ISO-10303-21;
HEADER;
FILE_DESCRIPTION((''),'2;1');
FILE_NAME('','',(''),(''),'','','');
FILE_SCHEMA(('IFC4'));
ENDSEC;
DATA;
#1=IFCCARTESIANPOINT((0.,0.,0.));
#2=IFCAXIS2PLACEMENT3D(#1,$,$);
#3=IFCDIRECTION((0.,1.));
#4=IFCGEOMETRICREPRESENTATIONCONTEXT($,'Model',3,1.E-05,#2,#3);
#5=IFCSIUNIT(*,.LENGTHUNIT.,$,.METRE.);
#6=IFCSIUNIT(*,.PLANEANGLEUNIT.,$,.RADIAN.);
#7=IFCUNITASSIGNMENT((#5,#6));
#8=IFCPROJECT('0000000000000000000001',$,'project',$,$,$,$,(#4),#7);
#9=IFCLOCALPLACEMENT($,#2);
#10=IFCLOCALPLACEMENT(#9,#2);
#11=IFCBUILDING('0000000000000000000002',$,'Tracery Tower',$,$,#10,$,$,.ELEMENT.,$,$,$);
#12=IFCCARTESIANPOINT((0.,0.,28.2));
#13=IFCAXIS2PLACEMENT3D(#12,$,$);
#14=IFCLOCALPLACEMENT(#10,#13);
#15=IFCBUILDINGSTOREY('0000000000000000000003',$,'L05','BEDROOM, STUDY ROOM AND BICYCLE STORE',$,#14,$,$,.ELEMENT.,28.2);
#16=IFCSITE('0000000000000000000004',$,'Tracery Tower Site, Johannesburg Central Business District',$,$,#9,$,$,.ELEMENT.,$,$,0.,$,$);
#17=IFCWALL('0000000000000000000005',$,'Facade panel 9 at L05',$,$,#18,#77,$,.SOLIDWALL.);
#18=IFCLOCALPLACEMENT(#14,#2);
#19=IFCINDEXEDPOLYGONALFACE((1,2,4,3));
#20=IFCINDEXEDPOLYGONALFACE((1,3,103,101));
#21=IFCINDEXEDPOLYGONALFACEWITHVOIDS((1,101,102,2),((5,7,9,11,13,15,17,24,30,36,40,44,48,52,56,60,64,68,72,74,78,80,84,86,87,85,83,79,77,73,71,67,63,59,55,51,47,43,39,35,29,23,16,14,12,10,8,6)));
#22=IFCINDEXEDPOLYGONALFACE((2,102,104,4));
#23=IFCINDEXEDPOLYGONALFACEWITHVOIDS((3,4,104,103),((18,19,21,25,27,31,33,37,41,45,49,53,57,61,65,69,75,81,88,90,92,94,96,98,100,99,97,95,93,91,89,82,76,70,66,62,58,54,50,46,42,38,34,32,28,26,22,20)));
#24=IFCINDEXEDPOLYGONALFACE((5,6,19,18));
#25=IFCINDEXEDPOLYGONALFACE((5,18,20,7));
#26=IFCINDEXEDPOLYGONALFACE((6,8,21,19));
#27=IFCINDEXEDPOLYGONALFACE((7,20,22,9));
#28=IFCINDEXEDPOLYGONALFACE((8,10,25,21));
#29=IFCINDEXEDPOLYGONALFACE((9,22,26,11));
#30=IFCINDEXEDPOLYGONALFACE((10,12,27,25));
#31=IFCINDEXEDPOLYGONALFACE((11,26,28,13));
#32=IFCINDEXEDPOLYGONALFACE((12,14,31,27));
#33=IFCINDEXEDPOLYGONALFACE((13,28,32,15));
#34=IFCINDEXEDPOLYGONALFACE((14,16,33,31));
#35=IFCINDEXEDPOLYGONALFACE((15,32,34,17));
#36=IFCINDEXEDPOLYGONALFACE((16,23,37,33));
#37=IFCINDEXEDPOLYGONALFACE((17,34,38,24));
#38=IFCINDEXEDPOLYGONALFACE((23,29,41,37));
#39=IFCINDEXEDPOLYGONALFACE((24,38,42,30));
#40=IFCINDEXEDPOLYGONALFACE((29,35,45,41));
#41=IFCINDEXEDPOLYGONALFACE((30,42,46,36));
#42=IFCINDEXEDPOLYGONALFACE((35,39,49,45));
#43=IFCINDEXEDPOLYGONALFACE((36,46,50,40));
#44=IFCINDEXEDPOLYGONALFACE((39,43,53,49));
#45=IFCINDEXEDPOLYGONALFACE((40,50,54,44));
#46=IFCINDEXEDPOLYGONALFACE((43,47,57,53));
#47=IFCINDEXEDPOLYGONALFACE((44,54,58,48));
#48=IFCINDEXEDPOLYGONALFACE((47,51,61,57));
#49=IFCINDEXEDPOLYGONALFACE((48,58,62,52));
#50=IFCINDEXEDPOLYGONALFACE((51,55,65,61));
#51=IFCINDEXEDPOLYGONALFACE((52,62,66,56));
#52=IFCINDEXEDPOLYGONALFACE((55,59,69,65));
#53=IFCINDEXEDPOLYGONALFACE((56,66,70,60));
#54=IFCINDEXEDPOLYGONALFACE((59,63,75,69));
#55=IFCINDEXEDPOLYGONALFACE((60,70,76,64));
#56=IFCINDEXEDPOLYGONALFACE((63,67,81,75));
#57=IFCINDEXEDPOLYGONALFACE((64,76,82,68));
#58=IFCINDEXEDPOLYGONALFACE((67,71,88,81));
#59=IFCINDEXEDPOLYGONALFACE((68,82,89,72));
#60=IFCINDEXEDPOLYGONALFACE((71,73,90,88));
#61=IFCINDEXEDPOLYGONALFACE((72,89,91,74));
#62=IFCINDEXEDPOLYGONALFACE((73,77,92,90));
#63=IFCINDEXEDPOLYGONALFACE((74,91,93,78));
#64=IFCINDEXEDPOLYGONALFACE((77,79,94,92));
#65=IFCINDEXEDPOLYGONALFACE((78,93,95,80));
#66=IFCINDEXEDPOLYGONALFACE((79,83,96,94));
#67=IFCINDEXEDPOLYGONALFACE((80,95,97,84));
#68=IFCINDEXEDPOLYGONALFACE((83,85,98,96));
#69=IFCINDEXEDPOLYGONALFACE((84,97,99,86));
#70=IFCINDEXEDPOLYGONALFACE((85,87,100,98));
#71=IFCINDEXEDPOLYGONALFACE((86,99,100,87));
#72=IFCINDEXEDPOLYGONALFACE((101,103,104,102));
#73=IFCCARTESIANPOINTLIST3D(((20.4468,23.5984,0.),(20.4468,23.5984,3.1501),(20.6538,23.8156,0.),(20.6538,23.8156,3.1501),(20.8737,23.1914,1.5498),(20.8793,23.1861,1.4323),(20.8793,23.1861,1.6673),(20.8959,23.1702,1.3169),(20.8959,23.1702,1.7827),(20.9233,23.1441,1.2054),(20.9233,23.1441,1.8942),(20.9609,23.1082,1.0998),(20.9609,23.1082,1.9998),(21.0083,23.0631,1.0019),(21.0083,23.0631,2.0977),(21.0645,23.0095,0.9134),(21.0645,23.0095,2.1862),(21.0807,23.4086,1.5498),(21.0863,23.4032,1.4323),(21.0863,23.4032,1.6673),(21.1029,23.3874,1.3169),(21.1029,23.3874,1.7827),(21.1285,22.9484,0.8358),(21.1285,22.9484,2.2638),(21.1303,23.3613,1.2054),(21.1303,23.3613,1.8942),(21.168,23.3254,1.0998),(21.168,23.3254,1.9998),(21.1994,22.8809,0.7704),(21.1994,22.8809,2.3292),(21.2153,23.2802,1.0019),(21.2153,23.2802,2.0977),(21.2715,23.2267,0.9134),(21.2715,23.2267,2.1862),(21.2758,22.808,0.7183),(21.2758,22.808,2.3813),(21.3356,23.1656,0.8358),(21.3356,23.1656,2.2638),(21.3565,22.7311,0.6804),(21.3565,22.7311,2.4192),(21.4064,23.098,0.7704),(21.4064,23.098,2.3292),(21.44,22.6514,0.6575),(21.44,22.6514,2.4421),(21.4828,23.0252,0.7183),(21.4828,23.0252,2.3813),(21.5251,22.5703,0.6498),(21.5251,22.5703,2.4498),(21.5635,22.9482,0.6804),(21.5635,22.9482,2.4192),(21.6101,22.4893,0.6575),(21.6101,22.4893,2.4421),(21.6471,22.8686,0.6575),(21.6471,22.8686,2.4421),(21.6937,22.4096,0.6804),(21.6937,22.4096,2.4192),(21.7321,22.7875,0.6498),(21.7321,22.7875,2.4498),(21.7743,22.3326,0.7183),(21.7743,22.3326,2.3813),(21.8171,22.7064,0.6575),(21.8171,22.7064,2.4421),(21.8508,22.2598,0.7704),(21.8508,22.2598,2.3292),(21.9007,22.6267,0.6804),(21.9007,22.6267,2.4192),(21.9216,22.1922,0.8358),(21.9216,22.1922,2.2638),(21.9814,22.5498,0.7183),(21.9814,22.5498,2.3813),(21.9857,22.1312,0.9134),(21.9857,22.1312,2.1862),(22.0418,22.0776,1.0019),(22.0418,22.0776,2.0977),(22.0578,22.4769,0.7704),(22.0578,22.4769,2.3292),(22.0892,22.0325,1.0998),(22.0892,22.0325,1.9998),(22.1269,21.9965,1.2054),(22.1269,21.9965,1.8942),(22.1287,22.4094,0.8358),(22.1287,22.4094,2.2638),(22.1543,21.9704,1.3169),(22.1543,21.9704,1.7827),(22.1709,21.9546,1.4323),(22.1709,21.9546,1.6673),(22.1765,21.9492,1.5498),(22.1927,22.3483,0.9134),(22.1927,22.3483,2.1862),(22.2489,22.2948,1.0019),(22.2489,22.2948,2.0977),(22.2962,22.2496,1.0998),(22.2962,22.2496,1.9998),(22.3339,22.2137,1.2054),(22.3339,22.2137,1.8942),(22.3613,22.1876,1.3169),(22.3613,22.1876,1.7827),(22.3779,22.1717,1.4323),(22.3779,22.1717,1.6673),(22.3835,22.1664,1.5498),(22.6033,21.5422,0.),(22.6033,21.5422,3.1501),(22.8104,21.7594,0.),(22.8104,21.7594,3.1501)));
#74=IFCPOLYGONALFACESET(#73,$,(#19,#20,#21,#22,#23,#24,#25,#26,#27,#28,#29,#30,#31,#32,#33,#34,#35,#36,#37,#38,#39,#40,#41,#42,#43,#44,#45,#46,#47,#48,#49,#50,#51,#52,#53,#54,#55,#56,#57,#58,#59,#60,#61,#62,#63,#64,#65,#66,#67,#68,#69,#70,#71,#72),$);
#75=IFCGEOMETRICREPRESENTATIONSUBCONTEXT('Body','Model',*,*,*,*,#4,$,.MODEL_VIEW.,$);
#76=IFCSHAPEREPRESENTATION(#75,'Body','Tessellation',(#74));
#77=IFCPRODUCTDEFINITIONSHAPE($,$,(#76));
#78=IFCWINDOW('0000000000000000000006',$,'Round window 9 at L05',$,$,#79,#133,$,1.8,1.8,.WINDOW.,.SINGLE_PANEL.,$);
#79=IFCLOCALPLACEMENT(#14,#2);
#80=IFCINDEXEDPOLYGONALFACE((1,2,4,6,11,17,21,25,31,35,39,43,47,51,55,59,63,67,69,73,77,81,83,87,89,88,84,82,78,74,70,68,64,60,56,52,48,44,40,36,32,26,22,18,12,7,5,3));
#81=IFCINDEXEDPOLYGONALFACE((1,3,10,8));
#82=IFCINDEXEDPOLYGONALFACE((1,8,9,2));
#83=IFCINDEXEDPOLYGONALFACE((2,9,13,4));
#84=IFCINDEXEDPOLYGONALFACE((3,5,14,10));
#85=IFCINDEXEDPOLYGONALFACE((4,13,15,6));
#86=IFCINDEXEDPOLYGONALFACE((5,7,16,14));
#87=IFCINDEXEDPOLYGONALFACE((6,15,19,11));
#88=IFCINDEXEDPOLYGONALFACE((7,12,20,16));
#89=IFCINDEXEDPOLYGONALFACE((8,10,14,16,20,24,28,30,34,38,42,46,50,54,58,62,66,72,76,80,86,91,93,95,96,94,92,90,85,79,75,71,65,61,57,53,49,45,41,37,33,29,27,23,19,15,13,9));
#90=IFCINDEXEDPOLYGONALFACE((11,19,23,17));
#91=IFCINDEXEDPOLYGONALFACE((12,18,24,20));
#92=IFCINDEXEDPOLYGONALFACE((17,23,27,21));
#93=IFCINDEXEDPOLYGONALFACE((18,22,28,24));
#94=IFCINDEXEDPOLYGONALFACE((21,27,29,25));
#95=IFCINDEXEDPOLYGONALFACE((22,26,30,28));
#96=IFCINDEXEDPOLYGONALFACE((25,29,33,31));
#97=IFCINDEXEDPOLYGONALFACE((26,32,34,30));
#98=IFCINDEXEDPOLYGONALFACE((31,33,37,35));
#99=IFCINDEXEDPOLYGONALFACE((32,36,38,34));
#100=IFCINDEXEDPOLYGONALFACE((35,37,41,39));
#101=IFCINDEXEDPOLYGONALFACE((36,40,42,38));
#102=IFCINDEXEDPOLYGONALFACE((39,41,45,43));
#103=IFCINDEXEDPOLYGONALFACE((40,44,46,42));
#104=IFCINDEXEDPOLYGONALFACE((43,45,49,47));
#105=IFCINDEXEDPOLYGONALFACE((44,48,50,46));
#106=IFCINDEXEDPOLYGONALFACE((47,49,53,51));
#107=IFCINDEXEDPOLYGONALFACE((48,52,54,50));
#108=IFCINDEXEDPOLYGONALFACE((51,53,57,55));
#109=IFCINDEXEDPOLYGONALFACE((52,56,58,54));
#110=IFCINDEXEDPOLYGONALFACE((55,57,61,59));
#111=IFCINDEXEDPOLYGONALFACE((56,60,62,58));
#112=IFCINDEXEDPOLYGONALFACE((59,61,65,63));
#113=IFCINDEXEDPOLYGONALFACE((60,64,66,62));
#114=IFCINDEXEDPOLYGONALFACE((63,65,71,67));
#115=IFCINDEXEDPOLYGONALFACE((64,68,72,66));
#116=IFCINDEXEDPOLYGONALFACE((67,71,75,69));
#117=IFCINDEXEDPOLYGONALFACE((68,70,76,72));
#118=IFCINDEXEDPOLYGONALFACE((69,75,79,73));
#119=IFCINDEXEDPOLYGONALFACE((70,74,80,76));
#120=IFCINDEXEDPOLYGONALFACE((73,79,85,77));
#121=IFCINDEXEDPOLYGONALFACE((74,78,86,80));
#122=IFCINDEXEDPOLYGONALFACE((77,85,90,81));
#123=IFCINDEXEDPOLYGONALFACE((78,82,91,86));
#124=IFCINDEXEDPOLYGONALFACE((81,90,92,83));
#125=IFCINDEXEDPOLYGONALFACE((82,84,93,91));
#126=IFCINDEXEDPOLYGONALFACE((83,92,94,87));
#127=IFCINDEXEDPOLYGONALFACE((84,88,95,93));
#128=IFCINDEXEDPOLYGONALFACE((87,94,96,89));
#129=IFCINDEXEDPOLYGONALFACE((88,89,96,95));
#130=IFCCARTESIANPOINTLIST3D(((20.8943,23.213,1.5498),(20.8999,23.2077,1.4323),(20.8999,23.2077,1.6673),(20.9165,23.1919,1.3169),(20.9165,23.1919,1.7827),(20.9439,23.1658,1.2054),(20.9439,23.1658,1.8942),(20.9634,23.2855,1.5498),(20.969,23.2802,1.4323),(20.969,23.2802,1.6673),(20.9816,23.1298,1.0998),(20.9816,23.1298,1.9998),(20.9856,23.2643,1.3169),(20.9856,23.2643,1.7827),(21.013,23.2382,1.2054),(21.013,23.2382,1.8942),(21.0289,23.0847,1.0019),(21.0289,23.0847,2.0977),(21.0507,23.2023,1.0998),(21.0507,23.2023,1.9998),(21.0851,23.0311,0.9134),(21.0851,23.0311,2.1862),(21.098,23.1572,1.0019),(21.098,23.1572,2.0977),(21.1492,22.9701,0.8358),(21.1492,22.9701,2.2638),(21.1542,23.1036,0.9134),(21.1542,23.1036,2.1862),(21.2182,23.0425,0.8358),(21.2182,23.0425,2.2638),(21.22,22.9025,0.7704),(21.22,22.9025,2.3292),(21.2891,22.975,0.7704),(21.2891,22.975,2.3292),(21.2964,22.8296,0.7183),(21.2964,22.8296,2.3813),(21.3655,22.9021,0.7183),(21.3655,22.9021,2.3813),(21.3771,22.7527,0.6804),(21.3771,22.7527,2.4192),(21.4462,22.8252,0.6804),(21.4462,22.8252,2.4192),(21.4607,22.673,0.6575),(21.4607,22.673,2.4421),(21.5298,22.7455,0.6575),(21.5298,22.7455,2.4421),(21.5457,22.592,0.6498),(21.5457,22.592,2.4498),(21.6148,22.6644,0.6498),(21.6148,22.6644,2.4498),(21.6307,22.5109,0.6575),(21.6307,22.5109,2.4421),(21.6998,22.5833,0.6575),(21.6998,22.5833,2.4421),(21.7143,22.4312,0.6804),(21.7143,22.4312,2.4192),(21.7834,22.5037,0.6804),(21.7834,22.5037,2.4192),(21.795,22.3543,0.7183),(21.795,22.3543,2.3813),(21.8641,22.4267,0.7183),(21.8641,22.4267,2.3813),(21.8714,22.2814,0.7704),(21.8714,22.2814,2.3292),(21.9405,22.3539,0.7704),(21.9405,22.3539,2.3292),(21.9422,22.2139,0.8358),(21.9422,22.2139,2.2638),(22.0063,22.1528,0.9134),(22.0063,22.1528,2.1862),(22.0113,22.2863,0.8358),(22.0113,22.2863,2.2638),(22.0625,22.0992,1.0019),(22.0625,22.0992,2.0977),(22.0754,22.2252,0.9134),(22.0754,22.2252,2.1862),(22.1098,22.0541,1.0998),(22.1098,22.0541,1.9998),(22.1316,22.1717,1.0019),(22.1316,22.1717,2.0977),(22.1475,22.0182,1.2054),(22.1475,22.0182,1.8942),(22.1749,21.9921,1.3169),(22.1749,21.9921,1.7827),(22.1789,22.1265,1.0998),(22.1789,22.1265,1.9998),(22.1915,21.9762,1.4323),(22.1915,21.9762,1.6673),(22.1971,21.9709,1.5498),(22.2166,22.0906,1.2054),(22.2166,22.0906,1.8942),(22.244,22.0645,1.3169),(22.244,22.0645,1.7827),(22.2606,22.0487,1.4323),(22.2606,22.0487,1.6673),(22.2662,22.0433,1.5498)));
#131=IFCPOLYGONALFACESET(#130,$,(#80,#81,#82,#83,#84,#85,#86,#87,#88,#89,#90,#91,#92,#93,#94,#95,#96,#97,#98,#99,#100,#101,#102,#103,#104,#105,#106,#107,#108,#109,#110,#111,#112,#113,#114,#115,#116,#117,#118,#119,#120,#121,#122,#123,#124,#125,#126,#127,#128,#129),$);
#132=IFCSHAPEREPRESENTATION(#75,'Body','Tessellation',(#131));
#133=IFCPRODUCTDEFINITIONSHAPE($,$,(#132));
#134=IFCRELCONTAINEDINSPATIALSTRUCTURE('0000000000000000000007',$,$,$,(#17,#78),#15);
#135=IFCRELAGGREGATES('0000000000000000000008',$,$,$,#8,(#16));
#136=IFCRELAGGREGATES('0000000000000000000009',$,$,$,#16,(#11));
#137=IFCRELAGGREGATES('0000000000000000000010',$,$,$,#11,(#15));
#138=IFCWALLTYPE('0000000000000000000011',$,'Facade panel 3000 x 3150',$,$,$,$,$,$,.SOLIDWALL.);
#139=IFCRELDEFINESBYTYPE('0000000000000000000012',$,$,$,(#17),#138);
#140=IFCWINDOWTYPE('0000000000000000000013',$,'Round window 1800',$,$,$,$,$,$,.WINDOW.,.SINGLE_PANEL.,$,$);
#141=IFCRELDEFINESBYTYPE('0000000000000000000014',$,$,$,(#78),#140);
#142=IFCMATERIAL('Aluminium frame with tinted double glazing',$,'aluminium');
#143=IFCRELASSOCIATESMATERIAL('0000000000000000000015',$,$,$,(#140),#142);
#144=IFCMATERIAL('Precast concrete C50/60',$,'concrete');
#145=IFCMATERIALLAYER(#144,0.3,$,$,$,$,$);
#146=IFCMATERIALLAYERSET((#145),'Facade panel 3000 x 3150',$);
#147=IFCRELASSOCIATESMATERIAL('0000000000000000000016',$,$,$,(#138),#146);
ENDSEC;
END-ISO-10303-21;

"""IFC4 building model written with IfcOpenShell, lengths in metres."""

from ifc_helpers import new_model, si_unit, direction, frame, frame_2d, origin, origin_2d, place, context, subcontext, project, spatial, rectangle, circle, extrude, material, layer, layer_set, type_object, element, fill, save


model = new_model("IFC4")

# Units and contexts
model_context = context("Model", 3, precision=1e-05, world=origin(), true_north=direction((0.0, 1.0)))
body_context = subcontext(model_context, "Body", "Model", "MODEL_VIEW")
ifc_project = project(units=[si_unit("LENGTHUNIT", "METRE"), si_unit("PLANEANGLEUNIT", "RADIAN")], contexts=[model_context])

# Site, building, storey
site_placement = place(None, origin())
site = spatial("IfcSite", under=ifc_project, at=site_placement, Name="Tracery Tower Site, Johannesburg Central Business District", CompositionType="ELEMENT", RefElevation=0.0)
building_placement = place(site_placement, origin())
building = spatial("IfcBuilding", under=site, at=building_placement, Name="Tracery Tower", CompositionType="ELEMENT")
storey_placement = place(building_placement, frame((0.0, 0.0, 28.2)))
storey = spatial("IfcBuildingStorey", under=building, at=storey_placement, Name="L05", Description="BEDROOM, STUDY ROOM AND BICYCLE STORE", CompositionType="ELEMENT", Elevation=28.2)

# Wall, opening, window
ifc_material_1 = material(Name="Aluminium frame with tinted double glazing", Category="aluminium")
window_type = type_object("IfcWindowType", Name="Round window 1800", PartitioningType="SINGLE_PANEL", PredefinedType="WINDOW", material=ifc_material_1)
ifc_material_2 = material(Name="Precast concrete C50/60", Category="concrete")
ifc_layer_1 = layer(ifc_material_2, 0.3)
ifc_layer_set_1 = layer_set([ifc_layer_1], Name="Facade panel 3000 x 3150")
wall_type_1 = type_object("IfcWallType", Name="Facade panel 3000 x 3150", PredefinedType="SOLIDWALL", material=ifc_layer_set_1)
wall_1_placement = place(storey_placement, frame((22.7068, 21.6509, 0.0), z_axis=(0.0, 0.0, 1.0), x_axis=(-0.723744, 0.690068, 0.0)))
wall_1 = element("IfcWall", 1, at=wall_1_placement, inside=storey, type_object=wall_type_1, Name="Facade panel 9 at L05", PredefinedType="SOLIDWALL", context=body_context, shape_type="SweptSolid", body=[
    extrude(rectangle(XDim=2.9797, YDim=0.3, at=frame_2d((1.4897, 0.0))), origin(), (0.0, 0.0, 1.0), 3.1501),
])
opening_1_placement = place(wall_1_placement, frame((1.4897, 0.0, 1.5498)))
opening_1 = element("IfcOpeningElement", 2, at=opening_1_placement, cuts=wall_1, PredefinedType="OPENING", context=body_context, shape_type="SweptSolid", body=[
    extrude(circle(Radius=0.9, at=origin_2d()), frame((0.0, 0.1599, 0.0), z_axis=(0.0, -1.0, 0.0), x_axis=(1.0, 0.0, 0.0)), (0.0, 0.0, 1.0), 0.3201),
])
window_1_placement = place(opening_1_placement, origin())
window_1 = element("IfcWindow", 3, at=window_1_placement, inside=storey, type_object=window_type, Name="Round window 9 at L05", OverallHeight=1.8, OverallWidth=1.8, PartitioningType="SINGLE_PANEL", PredefinedType="WINDOW", context=body_context, shape_type="SweptSolid", body=[
    extrude(circle(Radius=0.9, at=origin_2d()), frame((0.0, 0.1201, 0.0), z_axis=(0.0, -1.0, 0.0), x_axis=(1.0, 0.0, 0.0)), (0.0, 0.0, 1.0), 0.1001),
])
fill(opening_1, window_1)

save(model, "model.ifc")
